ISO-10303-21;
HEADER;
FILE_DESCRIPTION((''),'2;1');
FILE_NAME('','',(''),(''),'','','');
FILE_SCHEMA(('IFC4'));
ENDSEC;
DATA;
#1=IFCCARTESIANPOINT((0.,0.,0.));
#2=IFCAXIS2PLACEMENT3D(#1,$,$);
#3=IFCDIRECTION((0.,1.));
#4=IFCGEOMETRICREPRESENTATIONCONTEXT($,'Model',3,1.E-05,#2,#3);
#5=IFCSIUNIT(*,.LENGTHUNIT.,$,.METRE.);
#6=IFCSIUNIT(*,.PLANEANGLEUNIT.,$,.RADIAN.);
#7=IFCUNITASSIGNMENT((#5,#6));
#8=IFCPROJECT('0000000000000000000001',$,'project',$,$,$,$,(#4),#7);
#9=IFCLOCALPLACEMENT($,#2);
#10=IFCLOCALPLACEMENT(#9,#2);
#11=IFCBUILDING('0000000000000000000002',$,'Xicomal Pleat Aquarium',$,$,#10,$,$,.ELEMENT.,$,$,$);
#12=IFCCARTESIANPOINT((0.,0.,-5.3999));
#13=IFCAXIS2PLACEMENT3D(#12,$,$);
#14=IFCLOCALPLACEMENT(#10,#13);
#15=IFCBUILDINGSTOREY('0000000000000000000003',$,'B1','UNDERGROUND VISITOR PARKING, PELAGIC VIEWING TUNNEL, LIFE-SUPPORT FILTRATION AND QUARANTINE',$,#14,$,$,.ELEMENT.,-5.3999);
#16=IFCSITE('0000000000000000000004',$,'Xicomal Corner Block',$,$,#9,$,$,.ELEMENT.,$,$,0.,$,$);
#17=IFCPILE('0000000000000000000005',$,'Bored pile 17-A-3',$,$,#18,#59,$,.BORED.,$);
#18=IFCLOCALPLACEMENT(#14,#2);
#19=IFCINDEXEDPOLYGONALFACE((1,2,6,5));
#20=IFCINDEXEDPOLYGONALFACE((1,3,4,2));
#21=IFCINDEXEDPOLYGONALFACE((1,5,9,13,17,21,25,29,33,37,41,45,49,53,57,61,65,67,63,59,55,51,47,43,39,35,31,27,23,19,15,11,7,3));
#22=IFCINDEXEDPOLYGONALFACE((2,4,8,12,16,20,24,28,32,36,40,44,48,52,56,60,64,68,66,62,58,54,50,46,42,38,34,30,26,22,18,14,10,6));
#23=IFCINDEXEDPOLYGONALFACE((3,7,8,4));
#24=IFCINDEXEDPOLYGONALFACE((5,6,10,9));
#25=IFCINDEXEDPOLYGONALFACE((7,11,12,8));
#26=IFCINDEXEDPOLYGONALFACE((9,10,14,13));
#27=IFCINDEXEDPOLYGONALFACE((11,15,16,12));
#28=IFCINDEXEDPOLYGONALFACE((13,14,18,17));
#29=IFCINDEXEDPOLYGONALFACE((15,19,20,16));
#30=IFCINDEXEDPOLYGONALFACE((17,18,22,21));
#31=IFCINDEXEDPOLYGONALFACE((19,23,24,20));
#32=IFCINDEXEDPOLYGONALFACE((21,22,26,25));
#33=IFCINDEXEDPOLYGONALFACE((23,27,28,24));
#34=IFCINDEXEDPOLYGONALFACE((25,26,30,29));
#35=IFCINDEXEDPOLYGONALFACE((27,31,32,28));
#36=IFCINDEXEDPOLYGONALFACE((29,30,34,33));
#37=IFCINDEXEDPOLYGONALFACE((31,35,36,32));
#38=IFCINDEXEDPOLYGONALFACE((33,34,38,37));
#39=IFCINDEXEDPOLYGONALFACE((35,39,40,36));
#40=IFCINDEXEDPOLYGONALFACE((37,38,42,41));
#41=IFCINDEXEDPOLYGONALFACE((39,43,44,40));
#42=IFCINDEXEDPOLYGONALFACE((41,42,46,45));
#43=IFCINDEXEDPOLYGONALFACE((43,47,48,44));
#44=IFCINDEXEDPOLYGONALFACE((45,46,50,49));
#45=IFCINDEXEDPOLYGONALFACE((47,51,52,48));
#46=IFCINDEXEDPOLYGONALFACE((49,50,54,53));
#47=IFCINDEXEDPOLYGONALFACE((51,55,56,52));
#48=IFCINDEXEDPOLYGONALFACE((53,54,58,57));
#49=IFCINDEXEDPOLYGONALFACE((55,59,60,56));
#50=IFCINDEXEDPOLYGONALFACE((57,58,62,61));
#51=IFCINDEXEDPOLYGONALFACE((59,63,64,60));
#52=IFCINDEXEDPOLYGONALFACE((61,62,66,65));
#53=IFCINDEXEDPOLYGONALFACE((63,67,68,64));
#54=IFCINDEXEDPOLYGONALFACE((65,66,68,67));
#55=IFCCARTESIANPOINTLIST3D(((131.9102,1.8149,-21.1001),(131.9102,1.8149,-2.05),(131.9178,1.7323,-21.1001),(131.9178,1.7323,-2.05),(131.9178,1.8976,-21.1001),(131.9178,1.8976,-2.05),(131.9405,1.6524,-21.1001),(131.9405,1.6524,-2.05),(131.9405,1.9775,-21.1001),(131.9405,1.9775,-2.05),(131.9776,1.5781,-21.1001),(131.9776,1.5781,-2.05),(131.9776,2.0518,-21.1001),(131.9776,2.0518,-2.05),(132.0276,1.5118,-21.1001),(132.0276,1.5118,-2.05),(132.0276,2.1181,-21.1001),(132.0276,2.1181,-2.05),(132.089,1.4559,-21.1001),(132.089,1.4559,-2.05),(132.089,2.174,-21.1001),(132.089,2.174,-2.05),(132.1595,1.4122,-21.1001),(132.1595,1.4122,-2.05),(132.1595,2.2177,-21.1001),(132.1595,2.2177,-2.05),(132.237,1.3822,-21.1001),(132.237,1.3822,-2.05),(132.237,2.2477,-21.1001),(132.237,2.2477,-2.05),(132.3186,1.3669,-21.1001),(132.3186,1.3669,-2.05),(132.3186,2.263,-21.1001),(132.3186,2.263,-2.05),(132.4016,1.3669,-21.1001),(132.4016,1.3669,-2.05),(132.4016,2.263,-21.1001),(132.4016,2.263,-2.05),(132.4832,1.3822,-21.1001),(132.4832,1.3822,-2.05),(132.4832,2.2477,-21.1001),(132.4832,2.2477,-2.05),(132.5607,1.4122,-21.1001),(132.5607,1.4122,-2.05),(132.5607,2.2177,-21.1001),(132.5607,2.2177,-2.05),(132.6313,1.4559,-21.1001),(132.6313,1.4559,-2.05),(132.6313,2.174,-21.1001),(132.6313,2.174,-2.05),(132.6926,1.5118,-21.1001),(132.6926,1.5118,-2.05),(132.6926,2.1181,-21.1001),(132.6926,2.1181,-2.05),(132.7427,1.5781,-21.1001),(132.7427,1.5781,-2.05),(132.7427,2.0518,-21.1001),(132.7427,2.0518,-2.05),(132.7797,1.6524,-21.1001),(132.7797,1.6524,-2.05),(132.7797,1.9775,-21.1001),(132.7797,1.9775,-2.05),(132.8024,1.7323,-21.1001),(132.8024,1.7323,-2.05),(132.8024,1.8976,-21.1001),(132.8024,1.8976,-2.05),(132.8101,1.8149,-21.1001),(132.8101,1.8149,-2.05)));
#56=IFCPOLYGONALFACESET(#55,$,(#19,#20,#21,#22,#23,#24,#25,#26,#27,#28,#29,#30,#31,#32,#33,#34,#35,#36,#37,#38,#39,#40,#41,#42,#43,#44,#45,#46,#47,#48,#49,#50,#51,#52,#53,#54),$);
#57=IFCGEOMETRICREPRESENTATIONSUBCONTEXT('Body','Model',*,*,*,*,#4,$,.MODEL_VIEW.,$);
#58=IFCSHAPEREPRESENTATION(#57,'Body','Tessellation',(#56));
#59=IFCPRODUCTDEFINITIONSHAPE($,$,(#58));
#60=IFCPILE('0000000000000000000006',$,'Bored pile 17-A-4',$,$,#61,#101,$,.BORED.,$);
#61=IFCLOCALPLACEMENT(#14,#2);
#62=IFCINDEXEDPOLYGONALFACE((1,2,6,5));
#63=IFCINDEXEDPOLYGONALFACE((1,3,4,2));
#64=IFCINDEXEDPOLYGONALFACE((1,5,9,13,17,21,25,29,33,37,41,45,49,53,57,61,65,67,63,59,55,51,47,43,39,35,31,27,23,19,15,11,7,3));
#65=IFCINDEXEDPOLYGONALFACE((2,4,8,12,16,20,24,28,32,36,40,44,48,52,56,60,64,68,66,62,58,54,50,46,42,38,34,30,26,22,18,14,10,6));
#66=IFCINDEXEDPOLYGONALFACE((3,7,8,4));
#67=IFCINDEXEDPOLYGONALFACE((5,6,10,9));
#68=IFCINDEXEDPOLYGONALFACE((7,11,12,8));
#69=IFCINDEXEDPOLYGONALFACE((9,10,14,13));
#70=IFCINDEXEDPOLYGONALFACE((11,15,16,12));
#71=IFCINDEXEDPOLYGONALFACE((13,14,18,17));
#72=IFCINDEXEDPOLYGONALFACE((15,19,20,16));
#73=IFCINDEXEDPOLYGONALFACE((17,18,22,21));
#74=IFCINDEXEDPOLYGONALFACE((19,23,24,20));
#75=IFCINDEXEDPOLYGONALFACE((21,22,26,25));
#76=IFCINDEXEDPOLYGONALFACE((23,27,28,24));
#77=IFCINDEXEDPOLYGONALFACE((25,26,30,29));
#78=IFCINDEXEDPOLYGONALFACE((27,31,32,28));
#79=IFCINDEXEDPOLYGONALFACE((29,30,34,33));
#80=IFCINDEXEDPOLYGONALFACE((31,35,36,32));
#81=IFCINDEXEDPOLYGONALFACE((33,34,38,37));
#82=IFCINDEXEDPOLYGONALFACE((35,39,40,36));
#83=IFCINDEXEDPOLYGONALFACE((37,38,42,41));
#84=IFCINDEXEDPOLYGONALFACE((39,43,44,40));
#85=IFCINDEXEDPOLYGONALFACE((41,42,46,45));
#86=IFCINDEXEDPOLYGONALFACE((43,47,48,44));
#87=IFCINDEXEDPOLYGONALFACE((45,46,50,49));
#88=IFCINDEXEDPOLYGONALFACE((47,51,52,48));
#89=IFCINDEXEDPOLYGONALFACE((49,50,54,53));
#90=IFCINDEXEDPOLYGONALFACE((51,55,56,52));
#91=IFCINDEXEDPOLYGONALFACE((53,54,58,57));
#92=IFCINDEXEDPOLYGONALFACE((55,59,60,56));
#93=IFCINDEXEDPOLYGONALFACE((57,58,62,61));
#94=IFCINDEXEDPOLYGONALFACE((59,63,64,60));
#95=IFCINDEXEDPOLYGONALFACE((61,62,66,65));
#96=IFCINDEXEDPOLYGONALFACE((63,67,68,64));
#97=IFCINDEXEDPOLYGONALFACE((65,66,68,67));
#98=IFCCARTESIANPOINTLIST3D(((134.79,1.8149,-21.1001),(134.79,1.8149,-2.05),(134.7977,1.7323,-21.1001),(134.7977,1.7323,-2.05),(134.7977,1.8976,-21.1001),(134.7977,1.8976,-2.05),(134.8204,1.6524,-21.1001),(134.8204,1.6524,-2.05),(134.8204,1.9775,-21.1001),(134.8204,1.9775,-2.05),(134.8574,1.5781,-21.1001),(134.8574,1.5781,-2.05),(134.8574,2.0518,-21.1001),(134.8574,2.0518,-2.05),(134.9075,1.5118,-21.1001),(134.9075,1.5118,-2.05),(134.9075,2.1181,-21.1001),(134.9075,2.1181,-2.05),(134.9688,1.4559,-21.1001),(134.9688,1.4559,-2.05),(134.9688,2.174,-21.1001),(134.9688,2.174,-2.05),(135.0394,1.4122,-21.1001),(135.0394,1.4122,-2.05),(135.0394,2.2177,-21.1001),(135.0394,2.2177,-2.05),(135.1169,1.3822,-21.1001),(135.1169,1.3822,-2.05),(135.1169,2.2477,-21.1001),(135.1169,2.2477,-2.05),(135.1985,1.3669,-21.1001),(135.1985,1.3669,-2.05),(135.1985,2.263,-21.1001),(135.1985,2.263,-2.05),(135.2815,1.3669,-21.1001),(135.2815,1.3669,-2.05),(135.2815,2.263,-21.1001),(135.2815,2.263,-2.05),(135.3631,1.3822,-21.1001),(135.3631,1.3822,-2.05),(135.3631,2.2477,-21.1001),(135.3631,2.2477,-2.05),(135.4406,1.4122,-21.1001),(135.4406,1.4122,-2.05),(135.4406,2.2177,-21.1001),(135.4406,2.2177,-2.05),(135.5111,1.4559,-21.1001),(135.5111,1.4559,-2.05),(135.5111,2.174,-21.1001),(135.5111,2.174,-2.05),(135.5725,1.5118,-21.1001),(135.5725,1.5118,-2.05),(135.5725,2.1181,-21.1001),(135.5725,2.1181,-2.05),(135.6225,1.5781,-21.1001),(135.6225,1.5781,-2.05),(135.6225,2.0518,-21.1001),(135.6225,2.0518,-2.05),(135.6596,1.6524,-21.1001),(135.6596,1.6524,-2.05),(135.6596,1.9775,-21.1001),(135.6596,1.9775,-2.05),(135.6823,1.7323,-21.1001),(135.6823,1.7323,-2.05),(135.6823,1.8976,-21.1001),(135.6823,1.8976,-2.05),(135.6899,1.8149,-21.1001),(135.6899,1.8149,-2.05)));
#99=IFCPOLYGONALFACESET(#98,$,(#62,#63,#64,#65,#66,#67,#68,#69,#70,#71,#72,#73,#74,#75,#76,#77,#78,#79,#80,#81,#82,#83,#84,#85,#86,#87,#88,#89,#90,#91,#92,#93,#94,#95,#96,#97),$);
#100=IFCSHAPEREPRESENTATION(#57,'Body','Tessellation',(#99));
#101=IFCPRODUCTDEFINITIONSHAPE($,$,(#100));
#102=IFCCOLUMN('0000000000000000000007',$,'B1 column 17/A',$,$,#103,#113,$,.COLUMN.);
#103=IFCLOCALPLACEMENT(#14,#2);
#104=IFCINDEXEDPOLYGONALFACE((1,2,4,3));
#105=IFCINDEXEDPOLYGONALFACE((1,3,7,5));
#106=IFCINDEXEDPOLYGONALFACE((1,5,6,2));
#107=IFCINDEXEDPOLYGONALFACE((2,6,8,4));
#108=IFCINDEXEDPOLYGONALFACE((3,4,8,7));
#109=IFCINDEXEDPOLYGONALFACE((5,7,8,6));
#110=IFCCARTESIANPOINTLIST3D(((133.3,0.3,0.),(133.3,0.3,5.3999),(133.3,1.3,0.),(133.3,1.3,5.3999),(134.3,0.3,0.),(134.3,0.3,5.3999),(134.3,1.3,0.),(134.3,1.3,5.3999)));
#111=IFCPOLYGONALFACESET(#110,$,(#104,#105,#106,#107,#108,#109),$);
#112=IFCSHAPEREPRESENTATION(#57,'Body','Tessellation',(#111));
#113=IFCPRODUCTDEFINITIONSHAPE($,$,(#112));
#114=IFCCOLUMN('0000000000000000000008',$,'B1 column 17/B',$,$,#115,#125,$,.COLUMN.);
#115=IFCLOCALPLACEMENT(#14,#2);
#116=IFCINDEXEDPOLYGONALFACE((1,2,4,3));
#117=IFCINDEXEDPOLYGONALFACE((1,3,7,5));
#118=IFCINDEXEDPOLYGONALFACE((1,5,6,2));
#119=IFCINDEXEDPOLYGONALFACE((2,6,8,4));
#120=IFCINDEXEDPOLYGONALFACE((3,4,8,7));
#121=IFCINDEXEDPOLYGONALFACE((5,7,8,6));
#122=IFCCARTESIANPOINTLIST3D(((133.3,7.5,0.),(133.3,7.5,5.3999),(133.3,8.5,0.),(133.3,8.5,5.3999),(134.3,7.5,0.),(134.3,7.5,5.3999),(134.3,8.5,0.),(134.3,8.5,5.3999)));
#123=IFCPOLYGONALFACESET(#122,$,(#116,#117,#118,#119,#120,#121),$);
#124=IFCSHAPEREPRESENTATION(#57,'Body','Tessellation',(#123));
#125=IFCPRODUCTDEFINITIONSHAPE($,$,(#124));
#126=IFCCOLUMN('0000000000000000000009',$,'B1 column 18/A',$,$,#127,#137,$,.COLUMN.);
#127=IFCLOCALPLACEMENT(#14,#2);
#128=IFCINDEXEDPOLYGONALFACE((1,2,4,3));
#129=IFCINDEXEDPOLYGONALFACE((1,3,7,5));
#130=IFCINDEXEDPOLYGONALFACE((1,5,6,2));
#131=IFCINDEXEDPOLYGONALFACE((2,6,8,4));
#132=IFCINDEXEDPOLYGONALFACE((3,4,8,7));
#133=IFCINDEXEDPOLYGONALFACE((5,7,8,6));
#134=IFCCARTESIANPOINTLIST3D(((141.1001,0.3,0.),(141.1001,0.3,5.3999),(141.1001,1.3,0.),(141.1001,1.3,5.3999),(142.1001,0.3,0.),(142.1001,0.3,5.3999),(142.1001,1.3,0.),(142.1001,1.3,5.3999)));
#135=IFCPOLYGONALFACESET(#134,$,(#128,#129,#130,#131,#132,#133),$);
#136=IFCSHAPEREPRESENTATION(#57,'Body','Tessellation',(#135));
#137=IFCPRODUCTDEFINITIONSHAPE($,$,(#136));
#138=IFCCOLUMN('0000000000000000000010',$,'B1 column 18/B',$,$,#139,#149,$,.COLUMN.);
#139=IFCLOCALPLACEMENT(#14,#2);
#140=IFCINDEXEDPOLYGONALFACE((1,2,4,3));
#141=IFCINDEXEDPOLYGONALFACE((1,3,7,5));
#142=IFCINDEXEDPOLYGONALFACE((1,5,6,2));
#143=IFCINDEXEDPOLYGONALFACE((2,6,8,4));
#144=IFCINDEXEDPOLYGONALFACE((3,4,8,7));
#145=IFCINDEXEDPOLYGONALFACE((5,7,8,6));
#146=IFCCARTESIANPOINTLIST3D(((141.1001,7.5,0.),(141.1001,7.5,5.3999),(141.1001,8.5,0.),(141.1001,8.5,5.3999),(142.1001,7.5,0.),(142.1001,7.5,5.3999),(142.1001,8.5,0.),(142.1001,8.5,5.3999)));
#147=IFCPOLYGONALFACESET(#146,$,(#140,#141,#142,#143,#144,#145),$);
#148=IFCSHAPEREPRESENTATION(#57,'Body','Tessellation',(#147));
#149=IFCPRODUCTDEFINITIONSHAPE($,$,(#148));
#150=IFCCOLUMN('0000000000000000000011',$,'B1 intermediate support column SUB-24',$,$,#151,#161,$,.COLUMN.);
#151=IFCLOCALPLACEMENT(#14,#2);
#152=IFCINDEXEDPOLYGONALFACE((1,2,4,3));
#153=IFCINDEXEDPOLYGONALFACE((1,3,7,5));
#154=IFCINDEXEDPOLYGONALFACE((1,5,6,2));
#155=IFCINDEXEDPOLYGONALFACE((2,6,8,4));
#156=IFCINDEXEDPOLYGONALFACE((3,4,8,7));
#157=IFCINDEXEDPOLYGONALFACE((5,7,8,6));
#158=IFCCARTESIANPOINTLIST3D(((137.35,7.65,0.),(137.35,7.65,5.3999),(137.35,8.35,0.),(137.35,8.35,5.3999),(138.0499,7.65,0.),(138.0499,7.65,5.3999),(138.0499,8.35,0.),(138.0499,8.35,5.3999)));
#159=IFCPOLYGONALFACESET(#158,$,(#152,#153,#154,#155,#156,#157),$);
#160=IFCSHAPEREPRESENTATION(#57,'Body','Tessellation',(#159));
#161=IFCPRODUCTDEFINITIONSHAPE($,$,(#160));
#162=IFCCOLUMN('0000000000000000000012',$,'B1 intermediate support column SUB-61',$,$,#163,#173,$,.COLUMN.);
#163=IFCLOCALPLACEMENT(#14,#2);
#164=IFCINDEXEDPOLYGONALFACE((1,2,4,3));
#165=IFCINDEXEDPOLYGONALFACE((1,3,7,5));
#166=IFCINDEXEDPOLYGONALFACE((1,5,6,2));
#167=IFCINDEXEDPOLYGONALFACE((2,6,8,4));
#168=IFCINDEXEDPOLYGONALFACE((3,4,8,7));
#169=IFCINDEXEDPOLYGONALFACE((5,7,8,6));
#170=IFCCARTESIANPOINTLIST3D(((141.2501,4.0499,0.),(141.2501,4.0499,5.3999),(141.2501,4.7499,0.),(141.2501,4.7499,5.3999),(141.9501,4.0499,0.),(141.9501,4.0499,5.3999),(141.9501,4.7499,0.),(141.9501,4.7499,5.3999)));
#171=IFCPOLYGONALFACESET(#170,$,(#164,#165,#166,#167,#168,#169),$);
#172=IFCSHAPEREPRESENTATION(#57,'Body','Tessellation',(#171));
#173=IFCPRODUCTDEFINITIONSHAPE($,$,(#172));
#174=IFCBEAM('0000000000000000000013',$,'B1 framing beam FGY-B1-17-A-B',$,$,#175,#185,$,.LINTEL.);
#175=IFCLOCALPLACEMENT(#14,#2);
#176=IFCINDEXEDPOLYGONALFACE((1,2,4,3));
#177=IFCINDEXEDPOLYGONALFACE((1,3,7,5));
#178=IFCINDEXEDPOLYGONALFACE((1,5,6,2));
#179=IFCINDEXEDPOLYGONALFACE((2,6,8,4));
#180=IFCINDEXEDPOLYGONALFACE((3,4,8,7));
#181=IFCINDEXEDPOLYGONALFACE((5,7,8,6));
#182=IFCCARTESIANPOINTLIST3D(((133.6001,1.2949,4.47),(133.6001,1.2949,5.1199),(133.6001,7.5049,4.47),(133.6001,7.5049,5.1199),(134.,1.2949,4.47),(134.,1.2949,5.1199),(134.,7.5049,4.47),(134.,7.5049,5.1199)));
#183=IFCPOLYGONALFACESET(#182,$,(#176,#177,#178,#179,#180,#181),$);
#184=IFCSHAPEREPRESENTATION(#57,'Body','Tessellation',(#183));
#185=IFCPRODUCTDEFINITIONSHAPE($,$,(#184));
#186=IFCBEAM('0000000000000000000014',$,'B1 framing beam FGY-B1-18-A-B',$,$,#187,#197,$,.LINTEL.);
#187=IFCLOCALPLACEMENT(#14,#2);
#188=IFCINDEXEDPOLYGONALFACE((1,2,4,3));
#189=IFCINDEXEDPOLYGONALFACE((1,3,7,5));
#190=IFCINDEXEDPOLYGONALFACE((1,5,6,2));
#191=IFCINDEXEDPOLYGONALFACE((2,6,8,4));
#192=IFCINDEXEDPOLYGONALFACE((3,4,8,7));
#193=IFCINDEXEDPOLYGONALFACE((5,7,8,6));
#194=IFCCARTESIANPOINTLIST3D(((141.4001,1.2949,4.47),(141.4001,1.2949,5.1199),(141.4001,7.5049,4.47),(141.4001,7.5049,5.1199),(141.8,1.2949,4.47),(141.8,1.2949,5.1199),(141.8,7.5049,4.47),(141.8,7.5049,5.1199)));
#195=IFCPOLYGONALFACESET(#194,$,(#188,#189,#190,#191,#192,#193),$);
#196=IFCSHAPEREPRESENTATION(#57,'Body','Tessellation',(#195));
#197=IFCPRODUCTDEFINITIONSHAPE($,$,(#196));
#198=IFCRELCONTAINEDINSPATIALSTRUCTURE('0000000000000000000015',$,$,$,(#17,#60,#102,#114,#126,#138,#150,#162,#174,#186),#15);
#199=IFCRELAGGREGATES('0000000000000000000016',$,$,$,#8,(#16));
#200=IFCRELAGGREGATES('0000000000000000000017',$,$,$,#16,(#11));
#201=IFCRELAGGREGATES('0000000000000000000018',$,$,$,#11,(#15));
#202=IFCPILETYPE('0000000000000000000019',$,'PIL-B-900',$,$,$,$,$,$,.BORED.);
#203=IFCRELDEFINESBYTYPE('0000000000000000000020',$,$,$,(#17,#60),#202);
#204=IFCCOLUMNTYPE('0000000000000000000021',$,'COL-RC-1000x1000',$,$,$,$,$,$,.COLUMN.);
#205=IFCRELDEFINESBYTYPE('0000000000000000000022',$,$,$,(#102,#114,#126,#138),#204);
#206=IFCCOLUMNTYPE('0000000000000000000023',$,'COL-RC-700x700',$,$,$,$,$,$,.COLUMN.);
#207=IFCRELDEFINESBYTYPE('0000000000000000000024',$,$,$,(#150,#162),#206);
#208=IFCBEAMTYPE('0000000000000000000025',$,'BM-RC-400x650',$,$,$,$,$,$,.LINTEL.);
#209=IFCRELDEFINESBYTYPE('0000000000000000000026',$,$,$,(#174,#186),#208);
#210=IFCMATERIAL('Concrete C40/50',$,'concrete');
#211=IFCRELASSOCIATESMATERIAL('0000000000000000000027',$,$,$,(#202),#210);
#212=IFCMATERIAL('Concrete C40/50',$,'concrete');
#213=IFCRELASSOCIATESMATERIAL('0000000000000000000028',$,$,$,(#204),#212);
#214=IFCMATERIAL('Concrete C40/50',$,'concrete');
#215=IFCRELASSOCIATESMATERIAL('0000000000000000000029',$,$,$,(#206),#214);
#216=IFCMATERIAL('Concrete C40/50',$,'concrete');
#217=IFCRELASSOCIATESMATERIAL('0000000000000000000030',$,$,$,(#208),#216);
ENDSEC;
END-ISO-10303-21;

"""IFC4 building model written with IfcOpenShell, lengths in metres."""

from ifc_helpers import new_model, si_unit, direction, frame, origin, origin_2d, place, context, subcontext, project, spatial, rectangle, circle, extrude, material, material_profile, profile_set, type_object, element, save


model = new_model("IFC4")

# Units and contexts
model_context = context("Model", 3, precision=1e-05, world=origin(), true_north=direction((0.0, 1.0)))
body_context = subcontext(model_context, "Body", "Model", "MODEL_VIEW")
ifc_project = project(units=[si_unit("LENGTHUNIT", "METRE"), si_unit("PLANEANGLEUNIT", "RADIAN")], contexts=[model_context])

# Site, building, storey
site_placement = place(None, origin())
site = spatial("IfcSite", under=ifc_project, at=site_placement, Name="Xicomal Corner Block", CompositionType="ELEMENT", RefElevation=0.0)
building_placement = place(site_placement, origin())
building = spatial("IfcBuilding", under=site, at=building_placement, Name="Xicomal Pleat Aquarium", CompositionType="ELEMENT")
storey_placement = place(building_placement, frame((0.0, 0.0, -5.3999)))
storey = spatial("IfcBuildingStorey", under=building, at=storey_placement, Name="B1", Description="UNDERGROUND VISITOR PARKING, PELAGIC VIEWING TUNNEL, LIFE-SUPPORT FILTRATION AND QUARANTINE", CompositionType="ELEMENT", Elevation=-5.3999)

# Piles
ifc_material_1 = material(Name="Concrete C40/50", Category="concrete")
ifc_material_profile_1 = material_profile(ifc_material_1, circle(Radius=0.45, at=origin_2d()), Name="BORED PILE D900")
ifc_profile_set_1 = profile_set([ifc_material_profile_1], Name="Concrete C40/50")
pile_type_1 = type_object("IfcPileType", Name="PIL-B-900", PredefinedType="BORED", material=ifc_profile_set_1)
for number, where, z_axis, x_axis, name in (
    (1, (132.3601, 1.8149, -2.05), (0.0, 0.0, -1.0), (1.0, 0.0, 0.0), "Bored pile 17-A-3"),
    (2, (135.24, 1.8149, -2.05), (0.0, 0.0, -1.0), (1.0, 0.0, 0.0), "Bored pile 17-A-4"),
):
    element("IfcPile", number, at=place(storey_placement, frame(where, z_axis=z_axis, x_axis=x_axis)), inside=storey, type_object=pile_type_1, Name=name, PredefinedType="BORED", context=body_context, shape_type="SweptSolid", body=[
        extrude(circle(Radius=0.45, at=origin_2d()), origin(), (0.0, 0.0, 1.0), 19.05),
    ])

# Columns
ifc_material_2 = material(Name="Concrete C40/50", Category="concrete")
ifc_material_profile_2 = material_profile(ifc_material_2, rectangle(XDim=1.0, YDim=1.0, at=origin_2d()), Name="RC 1000x1000")
ifc_profile_set_2 = profile_set([ifc_material_profile_2], Name="Concrete C40/50")
column_type_1 = type_object("IfcColumnType", Name="COL-RC-1000x1000", PredefinedType="COLUMN", material=ifc_profile_set_2)
for number, where, z_axis, x_axis, name in (
    (3, (133.8, 0.8, 0.0), (0.0, 0.0, 1.0), (1.0, 0.0, 0.0), "B1 column 17/A"),
    (4, (133.8, 8.0, 0.0), (0.0, 0.0, 1.0), (1.0, 0.0, 0.0), "B1 column 17/B"),
    (5, (141.6001, 0.8, 0.0), (0.0, 0.0, 1.0), (1.0, 0.0, 0.0), "B1 column 18/A"),
    (6, (141.6001, 8.0, 0.0), (0.0, 0.0, 1.0), (1.0, 0.0, 0.0), "B1 column 18/B"),
):
    element("IfcColumn", number, at=place(storey_placement, frame(where, z_axis=z_axis, x_axis=x_axis)), inside=storey, type_object=column_type_1, Name=name, PredefinedType="COLUMN", context=body_context, shape_type="SweptSolid", body=[
        extrude(rectangle(XDim=1.0, YDim=1.0, at=origin_2d()), origin(), (0.0, 0.0, 1.0), 5.3999),
    ])
ifc_material_3 = material(Name="Concrete C40/50", Category="concrete")
ifc_material_profile_3 = material_profile(ifc_material_3, rectangle(XDim=0.7, YDim=0.7, at=origin_2d()), Name="RC 700x700")
ifc_profile_set_3 = profile_set([ifc_material_profile_3], Name="Concrete C40/50")
column_type_2 = type_object("IfcColumnType", Name="COL-RC-700x700", PredefinedType="COLUMN", material=ifc_profile_set_3)
for number, where, z_axis, x_axis, name in (
    (7, (137.7, 8.0, 0.0), (0.0, 0.0, 1.0), (1.0, 0.0, 0.0), "B1 intermediate support column SUB-24"),
    (8, (141.6001, 4.3999, 0.0), (0.0, 0.0, 1.0), (1.0, 0.0, 0.0), "B1 intermediate support column SUB-61"),
):
    element("IfcColumn", number, at=place(storey_placement, frame(where, z_axis=z_axis, x_axis=x_axis)), inside=storey, type_object=column_type_2, Name=name, PredefinedType="COLUMN", context=body_context, shape_type="SweptSolid", body=[
        extrude(rectangle(XDim=0.7, YDim=0.7, at=origin_2d()), origin(), (0.0, 0.0, 1.0), 5.3999),
    ])

# Beams
ifc_material_4 = material(Name="Concrete C40/50", Category="concrete")
ifc_material_profile_4 = material_profile(ifc_material_4, rectangle(XDim=0.3999, YDim=0.6499, at=origin_2d()), Name="RC 400x650")
ifc_profile_set_4 = profile_set([ifc_material_profile_4], Name="Concrete C40/50")
beam_type_1 = type_object("IfcBeamType", Name="BM-RC-400x650", PredefinedType="LINTEL", material=ifc_profile_set_4)
for number, where, z_axis, x_axis, name in (
    (9, (133.8, 1.2949, 4.7949), (0.0, 1.0, 0.0), (-1.0, 0.0, 0.0), "B1 framing beam FGY-B1-17-A-B"),
    (10, (141.6001, 1.2949, 4.7949), (0.0, 1.0, 0.0), (-1.0, 0.0, 0.0), "B1 framing beam FGY-B1-18-A-B"),
):
    element("IfcBeam", number, at=place(storey_placement, frame(where, z_axis=z_axis, x_axis=x_axis)), inside=storey, type_object=beam_type_1, Name=name, PredefinedType="LINTEL", context=body_context, shape_type="SweptSolid", body=[
        extrude(rectangle(XDim=0.3999, YDim=0.6499, at=origin_2d()), origin(), (0.0, 0.0, 1.0), 6.21),
    ])

save(model, "model.ifc")
